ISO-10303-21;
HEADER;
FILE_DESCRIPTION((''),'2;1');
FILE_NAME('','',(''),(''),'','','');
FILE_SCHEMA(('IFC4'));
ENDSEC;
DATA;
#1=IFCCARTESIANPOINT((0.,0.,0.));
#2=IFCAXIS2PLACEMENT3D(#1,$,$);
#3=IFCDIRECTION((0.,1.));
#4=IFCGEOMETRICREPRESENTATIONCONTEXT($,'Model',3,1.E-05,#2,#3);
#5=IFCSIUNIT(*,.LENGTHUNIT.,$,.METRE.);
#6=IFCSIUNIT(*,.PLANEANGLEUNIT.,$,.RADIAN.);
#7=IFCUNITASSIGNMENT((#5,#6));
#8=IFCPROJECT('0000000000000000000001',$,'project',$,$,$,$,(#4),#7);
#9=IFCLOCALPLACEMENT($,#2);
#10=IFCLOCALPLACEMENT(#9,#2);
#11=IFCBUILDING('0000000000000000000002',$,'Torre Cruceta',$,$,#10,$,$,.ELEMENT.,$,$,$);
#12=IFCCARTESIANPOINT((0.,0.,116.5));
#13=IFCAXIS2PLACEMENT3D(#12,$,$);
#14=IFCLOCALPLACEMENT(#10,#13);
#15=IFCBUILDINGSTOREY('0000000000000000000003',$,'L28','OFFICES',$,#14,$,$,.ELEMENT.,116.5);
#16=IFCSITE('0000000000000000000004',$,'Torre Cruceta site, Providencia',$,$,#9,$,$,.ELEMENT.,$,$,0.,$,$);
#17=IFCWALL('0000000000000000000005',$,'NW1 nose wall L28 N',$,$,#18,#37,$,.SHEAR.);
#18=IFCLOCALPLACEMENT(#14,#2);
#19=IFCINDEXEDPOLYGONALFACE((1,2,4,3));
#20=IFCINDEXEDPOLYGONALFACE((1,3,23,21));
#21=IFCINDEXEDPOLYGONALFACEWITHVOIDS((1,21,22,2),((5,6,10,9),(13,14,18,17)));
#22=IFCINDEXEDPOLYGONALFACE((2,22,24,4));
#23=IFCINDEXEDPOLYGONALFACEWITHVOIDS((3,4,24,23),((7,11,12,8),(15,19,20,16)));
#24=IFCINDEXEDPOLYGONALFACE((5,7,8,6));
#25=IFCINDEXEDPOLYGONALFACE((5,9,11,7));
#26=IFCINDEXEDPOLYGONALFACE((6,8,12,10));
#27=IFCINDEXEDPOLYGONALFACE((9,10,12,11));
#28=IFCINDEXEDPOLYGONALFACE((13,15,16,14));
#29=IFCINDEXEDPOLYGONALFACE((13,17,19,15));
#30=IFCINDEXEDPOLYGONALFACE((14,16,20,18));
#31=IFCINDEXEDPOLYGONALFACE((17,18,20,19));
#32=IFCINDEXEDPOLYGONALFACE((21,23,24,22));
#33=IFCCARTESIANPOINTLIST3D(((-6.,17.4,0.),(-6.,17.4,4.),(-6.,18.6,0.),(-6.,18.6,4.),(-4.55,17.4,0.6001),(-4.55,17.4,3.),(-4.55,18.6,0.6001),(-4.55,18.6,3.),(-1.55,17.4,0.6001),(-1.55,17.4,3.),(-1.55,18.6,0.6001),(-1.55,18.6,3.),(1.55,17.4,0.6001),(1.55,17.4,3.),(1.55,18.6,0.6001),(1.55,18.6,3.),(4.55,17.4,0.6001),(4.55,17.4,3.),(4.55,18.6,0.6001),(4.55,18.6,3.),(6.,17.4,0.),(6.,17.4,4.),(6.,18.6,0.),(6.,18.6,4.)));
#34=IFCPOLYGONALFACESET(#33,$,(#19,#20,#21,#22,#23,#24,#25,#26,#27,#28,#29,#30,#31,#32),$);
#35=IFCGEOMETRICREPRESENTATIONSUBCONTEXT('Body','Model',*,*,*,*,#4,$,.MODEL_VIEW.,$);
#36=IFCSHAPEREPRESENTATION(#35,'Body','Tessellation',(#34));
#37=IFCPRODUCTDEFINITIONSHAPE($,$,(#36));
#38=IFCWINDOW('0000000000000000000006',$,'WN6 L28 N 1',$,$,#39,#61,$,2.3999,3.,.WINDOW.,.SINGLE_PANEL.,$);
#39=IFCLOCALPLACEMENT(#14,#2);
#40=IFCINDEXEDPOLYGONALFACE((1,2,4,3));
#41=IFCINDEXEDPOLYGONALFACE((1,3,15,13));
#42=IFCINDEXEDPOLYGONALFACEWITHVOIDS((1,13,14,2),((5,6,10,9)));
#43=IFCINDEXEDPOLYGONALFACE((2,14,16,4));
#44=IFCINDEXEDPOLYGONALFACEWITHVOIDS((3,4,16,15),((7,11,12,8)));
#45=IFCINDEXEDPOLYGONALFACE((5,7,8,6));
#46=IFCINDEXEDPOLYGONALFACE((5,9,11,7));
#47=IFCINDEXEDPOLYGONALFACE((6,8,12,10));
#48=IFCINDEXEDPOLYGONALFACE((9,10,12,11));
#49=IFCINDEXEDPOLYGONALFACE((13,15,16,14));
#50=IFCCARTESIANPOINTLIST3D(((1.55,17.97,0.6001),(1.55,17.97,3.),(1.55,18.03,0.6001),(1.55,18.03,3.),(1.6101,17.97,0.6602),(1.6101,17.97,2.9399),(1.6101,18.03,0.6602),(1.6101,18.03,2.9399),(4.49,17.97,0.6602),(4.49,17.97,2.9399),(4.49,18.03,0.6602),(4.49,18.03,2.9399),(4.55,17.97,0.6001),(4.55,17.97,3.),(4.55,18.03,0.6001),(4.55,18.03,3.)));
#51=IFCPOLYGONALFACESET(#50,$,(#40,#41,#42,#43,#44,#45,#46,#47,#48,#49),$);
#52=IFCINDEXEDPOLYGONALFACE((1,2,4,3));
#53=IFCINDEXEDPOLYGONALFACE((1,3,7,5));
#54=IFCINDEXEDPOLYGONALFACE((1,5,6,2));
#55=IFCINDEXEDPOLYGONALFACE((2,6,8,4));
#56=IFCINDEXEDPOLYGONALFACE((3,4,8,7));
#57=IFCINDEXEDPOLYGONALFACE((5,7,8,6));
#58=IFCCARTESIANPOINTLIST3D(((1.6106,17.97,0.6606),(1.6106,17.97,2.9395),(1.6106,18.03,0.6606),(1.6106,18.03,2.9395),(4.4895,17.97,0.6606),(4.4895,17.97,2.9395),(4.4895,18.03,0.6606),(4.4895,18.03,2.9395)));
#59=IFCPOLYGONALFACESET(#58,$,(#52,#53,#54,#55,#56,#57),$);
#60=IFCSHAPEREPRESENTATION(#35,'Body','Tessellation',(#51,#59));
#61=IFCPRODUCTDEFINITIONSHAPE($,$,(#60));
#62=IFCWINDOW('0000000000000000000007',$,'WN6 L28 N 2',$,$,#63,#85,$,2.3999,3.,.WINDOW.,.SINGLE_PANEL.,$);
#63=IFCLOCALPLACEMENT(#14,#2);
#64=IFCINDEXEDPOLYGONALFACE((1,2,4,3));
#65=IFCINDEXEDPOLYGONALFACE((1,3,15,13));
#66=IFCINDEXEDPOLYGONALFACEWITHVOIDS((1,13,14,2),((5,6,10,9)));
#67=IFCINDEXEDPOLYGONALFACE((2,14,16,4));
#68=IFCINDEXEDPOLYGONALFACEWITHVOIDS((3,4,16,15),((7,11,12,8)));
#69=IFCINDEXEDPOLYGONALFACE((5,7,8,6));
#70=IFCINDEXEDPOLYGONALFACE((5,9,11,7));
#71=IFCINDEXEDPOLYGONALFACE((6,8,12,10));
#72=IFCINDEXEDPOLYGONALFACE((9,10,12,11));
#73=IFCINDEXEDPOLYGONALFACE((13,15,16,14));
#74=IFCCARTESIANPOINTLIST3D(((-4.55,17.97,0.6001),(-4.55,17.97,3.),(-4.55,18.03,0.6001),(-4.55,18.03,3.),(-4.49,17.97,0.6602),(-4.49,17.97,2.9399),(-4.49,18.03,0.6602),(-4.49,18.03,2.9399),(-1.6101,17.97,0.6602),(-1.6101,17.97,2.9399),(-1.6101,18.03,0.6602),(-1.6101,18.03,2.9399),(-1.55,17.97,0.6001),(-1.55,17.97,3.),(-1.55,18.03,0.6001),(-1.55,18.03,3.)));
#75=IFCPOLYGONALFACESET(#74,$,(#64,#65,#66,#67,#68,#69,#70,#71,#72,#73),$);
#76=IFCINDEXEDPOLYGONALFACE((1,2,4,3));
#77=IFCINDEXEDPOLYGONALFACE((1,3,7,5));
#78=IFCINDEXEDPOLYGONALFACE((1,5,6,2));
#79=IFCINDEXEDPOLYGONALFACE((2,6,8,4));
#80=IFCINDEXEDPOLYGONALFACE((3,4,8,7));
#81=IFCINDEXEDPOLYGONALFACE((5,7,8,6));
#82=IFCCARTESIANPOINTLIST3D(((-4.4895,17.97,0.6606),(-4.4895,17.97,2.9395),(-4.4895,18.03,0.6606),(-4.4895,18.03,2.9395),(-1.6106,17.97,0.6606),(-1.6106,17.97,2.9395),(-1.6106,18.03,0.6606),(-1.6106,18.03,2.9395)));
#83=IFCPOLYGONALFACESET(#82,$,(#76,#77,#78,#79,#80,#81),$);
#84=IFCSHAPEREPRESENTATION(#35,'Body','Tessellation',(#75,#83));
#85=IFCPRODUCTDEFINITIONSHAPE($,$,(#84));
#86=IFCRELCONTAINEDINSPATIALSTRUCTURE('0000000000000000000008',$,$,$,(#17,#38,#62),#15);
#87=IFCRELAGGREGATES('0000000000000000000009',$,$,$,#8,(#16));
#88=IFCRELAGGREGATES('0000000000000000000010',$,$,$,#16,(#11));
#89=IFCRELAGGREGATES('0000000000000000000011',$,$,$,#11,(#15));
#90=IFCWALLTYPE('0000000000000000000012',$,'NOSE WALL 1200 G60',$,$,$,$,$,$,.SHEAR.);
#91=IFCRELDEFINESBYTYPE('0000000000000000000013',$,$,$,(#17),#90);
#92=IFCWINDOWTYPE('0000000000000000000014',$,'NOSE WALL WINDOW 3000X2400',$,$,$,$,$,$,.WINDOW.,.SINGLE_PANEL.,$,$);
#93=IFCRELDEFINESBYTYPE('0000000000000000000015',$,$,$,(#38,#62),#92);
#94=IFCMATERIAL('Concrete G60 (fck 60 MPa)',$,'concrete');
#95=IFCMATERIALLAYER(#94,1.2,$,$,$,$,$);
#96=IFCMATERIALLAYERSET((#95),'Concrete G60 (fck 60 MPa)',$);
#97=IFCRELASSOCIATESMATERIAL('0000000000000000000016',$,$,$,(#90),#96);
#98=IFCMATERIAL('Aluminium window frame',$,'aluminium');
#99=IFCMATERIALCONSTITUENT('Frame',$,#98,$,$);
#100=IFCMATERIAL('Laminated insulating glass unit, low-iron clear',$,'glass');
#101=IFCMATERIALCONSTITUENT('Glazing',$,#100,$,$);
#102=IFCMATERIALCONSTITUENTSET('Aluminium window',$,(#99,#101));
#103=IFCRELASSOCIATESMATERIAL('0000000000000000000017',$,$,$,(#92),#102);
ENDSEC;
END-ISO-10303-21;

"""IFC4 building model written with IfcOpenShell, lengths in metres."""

from ifc_helpers import new_model, si_unit, direction, frame, frame_2d, origin, place, context, subcontext, project, spatial, rectangle, hollow_rectangle, extrude, material, layer, layer_set, constituent, constituent_set, type_object, element, fill, save


model = new_model("IFC4")

# Units and contexts
model_context = context("Model", 3, precision=1e-05, world=origin(), true_north=direction((0.0, 1.0)))
body_context = subcontext(model_context, "Body", "Model", "MODEL_VIEW")
ifc_project = project(units=[si_unit("LENGTHUNIT", "METRE"), si_unit("PLANEANGLEUNIT", "RADIAN")], contexts=[model_context])

# Site, building, storey
site_placement = place(None, origin())
site = spatial("IfcSite", under=ifc_project, at=site_placement, Name="Torre Cruceta site, Providencia", CompositionType="ELEMENT", RefElevation=0.0)
building_placement = place(site_placement, origin())
building = spatial("IfcBuilding", under=site, at=building_placement, Name="Torre Cruceta", CompositionType="ELEMENT")
storey_placement = place(building_placement, frame((0.0, 0.0, 116.5)))
storey = spatial("IfcBuildingStorey", under=building, at=storey_placement, Name="L28", Description="OFFICES", CompositionType="ELEMENT", Elevation=116.5)

# Wall, openings, windows
ifc_material_1 = material(Name="Concrete G60 (fck 60 MPa)", Category="concrete")
ifc_layer_1 = layer(ifc_material_1, 1.2)
ifc_layer_set_1 = layer_set([ifc_layer_1], Name="Concrete G60 (fck 60 MPa)")
wall_type = type_object("IfcWallType", Name="NOSE WALL 1200 G60", PredefinedType="SHEAR", material=ifc_layer_set_1)
wall_placement = place(storey_placement, frame((6.0, 18.0, 0.0), z_axis=(0.0, 0.0, 1.0), x_axis=(-1.0, 0.0, 0.0)))
wall = element("IfcWall", 1, at=wall_placement, inside=storey, type_object=wall_type, Name="NW1 nose wall L28 N", PredefinedType="SHEAR", context=body_context, shape_type="SweptSolid", body=[
    extrude(rectangle(XDim=12.0, YDim=1.2, at=frame_2d((6.0, 0.0))), origin(), (0.0, 0.0, 1.0), 4.0),
])
opening_1_placement = place(wall_placement, frame((1.45, 0.0, 0.6001)))
opening_1 = element("IfcOpeningElement", 2, at=opening_1_placement, cuts=wall, PredefinedType="OPENING", context=body_context, shape_type="SweptSolid", body=[
    extrude(rectangle(XDim=3.0, YDim=2.3999, at=frame_2d((1.5, 1.2))), frame((0.0, 0.6099, 0.0), z_axis=(0.0, -1.0, 0.0), x_axis=(1.0, 0.0, 0.0)), (0.0, 0.0, 1.0), 1.22),
])
opening_2_placement = place(wall_placement, frame((7.55, 0.0, 0.6001)))
opening_2 = element("IfcOpeningElement", 3, at=opening_2_placement, cuts=wall, PredefinedType="OPENING", context=body_context, shape_type="SweptSolid", body=[
    extrude(rectangle(XDim=3.0, YDim=2.3999, at=frame_2d((1.5, 1.2))), frame((0.0, 0.6099, 0.0), z_axis=(0.0, -1.0, 0.0), x_axis=(1.0, 0.0, 0.0)), (0.0, 0.0, 1.0), 1.22),
])
ifc_material_2 = material(Name="Aluminium window frame", Category="aluminium")
ifc_constituent_1 = constituent(ifc_material_2, Name="Frame")
ifc_material_3 = material(Name="Laminated insulating glass unit, low-iron clear", Category="glass")
ifc_constituent_2 = constituent(ifc_material_3, Name="Glazing")
ifc_constituent_set = constituent_set(constituents=[ifc_constituent_1, ifc_constituent_2], Name="Aluminium window")
window_type = type_object("IfcWindowType", Name="NOSE WALL WINDOW 3000X2400", PartitioningType="SINGLE_PANEL", PredefinedType="WINDOW", material=ifc_constituent_set)
window_1_placement = place(opening_1_placement, origin())
window_1 = element("IfcWindow", 4, at=window_1_placement, inside=storey, type_object=window_type, Name="WN6 L28 N 1", OverallHeight=2.3999, OverallWidth=3.0, PartitioningType="SINGLE_PANEL", PredefinedType="WINDOW", context=body_context, shape_type="SweptSolid", body=[
    extrude(hollow_rectangle(XDim=3.0, YDim=2.3999, WallThickness=0.0601, at=frame_2d((1.5, 1.2))), frame((0.0, 0.03, 0.0), z_axis=(0.0, -1.0, 0.0), x_axis=(1.0, 0.0, 0.0)), (0.0, 0.0, 1.0), 0.0601),
    extrude(rectangle(XDim=2.8789, YDim=2.2788, at=frame_2d((1.5, 1.2))), frame((0.0, 0.03, 0.0), z_axis=(0.0, -1.0, 0.0), x_axis=(1.0, 0.0, 0.0)), (0.0, 0.0, 1.0), 0.0601),
])
fill(opening_1, window_1)
window_2_placement = place(opening_2_placement, origin())
window_2 = element("IfcWindow", 5, at=window_2_placement, inside=storey, type_object=window_type, Name="WN6 L28 N 2", OverallHeight=2.3999, OverallWidth=3.0, PartitioningType="SINGLE_PANEL", PredefinedType="WINDOW", context=body_context, shape_type="SweptSolid", body=[
    extrude(hollow_rectangle(XDim=3.0, YDim=2.3999, WallThickness=0.0601, at=frame_2d((1.5, 1.2))), frame((0.0, 0.03, 0.0), z_axis=(0.0, -1.0, 0.0), x_axis=(1.0, 0.0, 0.0)), (0.0, 0.0, 1.0), 0.0601),
    extrude(rectangle(XDim=2.8789, YDim=2.2788, at=frame_2d((1.5, 1.2))), frame((0.0, 0.03, 0.0), z_axis=(0.0, -1.0, 0.0), x_axis=(1.0, 0.0, 0.0)), (0.0, 0.0, 1.0), 0.0601),
])
fill(opening_2, window_2)

save(model, "model.ifc")
